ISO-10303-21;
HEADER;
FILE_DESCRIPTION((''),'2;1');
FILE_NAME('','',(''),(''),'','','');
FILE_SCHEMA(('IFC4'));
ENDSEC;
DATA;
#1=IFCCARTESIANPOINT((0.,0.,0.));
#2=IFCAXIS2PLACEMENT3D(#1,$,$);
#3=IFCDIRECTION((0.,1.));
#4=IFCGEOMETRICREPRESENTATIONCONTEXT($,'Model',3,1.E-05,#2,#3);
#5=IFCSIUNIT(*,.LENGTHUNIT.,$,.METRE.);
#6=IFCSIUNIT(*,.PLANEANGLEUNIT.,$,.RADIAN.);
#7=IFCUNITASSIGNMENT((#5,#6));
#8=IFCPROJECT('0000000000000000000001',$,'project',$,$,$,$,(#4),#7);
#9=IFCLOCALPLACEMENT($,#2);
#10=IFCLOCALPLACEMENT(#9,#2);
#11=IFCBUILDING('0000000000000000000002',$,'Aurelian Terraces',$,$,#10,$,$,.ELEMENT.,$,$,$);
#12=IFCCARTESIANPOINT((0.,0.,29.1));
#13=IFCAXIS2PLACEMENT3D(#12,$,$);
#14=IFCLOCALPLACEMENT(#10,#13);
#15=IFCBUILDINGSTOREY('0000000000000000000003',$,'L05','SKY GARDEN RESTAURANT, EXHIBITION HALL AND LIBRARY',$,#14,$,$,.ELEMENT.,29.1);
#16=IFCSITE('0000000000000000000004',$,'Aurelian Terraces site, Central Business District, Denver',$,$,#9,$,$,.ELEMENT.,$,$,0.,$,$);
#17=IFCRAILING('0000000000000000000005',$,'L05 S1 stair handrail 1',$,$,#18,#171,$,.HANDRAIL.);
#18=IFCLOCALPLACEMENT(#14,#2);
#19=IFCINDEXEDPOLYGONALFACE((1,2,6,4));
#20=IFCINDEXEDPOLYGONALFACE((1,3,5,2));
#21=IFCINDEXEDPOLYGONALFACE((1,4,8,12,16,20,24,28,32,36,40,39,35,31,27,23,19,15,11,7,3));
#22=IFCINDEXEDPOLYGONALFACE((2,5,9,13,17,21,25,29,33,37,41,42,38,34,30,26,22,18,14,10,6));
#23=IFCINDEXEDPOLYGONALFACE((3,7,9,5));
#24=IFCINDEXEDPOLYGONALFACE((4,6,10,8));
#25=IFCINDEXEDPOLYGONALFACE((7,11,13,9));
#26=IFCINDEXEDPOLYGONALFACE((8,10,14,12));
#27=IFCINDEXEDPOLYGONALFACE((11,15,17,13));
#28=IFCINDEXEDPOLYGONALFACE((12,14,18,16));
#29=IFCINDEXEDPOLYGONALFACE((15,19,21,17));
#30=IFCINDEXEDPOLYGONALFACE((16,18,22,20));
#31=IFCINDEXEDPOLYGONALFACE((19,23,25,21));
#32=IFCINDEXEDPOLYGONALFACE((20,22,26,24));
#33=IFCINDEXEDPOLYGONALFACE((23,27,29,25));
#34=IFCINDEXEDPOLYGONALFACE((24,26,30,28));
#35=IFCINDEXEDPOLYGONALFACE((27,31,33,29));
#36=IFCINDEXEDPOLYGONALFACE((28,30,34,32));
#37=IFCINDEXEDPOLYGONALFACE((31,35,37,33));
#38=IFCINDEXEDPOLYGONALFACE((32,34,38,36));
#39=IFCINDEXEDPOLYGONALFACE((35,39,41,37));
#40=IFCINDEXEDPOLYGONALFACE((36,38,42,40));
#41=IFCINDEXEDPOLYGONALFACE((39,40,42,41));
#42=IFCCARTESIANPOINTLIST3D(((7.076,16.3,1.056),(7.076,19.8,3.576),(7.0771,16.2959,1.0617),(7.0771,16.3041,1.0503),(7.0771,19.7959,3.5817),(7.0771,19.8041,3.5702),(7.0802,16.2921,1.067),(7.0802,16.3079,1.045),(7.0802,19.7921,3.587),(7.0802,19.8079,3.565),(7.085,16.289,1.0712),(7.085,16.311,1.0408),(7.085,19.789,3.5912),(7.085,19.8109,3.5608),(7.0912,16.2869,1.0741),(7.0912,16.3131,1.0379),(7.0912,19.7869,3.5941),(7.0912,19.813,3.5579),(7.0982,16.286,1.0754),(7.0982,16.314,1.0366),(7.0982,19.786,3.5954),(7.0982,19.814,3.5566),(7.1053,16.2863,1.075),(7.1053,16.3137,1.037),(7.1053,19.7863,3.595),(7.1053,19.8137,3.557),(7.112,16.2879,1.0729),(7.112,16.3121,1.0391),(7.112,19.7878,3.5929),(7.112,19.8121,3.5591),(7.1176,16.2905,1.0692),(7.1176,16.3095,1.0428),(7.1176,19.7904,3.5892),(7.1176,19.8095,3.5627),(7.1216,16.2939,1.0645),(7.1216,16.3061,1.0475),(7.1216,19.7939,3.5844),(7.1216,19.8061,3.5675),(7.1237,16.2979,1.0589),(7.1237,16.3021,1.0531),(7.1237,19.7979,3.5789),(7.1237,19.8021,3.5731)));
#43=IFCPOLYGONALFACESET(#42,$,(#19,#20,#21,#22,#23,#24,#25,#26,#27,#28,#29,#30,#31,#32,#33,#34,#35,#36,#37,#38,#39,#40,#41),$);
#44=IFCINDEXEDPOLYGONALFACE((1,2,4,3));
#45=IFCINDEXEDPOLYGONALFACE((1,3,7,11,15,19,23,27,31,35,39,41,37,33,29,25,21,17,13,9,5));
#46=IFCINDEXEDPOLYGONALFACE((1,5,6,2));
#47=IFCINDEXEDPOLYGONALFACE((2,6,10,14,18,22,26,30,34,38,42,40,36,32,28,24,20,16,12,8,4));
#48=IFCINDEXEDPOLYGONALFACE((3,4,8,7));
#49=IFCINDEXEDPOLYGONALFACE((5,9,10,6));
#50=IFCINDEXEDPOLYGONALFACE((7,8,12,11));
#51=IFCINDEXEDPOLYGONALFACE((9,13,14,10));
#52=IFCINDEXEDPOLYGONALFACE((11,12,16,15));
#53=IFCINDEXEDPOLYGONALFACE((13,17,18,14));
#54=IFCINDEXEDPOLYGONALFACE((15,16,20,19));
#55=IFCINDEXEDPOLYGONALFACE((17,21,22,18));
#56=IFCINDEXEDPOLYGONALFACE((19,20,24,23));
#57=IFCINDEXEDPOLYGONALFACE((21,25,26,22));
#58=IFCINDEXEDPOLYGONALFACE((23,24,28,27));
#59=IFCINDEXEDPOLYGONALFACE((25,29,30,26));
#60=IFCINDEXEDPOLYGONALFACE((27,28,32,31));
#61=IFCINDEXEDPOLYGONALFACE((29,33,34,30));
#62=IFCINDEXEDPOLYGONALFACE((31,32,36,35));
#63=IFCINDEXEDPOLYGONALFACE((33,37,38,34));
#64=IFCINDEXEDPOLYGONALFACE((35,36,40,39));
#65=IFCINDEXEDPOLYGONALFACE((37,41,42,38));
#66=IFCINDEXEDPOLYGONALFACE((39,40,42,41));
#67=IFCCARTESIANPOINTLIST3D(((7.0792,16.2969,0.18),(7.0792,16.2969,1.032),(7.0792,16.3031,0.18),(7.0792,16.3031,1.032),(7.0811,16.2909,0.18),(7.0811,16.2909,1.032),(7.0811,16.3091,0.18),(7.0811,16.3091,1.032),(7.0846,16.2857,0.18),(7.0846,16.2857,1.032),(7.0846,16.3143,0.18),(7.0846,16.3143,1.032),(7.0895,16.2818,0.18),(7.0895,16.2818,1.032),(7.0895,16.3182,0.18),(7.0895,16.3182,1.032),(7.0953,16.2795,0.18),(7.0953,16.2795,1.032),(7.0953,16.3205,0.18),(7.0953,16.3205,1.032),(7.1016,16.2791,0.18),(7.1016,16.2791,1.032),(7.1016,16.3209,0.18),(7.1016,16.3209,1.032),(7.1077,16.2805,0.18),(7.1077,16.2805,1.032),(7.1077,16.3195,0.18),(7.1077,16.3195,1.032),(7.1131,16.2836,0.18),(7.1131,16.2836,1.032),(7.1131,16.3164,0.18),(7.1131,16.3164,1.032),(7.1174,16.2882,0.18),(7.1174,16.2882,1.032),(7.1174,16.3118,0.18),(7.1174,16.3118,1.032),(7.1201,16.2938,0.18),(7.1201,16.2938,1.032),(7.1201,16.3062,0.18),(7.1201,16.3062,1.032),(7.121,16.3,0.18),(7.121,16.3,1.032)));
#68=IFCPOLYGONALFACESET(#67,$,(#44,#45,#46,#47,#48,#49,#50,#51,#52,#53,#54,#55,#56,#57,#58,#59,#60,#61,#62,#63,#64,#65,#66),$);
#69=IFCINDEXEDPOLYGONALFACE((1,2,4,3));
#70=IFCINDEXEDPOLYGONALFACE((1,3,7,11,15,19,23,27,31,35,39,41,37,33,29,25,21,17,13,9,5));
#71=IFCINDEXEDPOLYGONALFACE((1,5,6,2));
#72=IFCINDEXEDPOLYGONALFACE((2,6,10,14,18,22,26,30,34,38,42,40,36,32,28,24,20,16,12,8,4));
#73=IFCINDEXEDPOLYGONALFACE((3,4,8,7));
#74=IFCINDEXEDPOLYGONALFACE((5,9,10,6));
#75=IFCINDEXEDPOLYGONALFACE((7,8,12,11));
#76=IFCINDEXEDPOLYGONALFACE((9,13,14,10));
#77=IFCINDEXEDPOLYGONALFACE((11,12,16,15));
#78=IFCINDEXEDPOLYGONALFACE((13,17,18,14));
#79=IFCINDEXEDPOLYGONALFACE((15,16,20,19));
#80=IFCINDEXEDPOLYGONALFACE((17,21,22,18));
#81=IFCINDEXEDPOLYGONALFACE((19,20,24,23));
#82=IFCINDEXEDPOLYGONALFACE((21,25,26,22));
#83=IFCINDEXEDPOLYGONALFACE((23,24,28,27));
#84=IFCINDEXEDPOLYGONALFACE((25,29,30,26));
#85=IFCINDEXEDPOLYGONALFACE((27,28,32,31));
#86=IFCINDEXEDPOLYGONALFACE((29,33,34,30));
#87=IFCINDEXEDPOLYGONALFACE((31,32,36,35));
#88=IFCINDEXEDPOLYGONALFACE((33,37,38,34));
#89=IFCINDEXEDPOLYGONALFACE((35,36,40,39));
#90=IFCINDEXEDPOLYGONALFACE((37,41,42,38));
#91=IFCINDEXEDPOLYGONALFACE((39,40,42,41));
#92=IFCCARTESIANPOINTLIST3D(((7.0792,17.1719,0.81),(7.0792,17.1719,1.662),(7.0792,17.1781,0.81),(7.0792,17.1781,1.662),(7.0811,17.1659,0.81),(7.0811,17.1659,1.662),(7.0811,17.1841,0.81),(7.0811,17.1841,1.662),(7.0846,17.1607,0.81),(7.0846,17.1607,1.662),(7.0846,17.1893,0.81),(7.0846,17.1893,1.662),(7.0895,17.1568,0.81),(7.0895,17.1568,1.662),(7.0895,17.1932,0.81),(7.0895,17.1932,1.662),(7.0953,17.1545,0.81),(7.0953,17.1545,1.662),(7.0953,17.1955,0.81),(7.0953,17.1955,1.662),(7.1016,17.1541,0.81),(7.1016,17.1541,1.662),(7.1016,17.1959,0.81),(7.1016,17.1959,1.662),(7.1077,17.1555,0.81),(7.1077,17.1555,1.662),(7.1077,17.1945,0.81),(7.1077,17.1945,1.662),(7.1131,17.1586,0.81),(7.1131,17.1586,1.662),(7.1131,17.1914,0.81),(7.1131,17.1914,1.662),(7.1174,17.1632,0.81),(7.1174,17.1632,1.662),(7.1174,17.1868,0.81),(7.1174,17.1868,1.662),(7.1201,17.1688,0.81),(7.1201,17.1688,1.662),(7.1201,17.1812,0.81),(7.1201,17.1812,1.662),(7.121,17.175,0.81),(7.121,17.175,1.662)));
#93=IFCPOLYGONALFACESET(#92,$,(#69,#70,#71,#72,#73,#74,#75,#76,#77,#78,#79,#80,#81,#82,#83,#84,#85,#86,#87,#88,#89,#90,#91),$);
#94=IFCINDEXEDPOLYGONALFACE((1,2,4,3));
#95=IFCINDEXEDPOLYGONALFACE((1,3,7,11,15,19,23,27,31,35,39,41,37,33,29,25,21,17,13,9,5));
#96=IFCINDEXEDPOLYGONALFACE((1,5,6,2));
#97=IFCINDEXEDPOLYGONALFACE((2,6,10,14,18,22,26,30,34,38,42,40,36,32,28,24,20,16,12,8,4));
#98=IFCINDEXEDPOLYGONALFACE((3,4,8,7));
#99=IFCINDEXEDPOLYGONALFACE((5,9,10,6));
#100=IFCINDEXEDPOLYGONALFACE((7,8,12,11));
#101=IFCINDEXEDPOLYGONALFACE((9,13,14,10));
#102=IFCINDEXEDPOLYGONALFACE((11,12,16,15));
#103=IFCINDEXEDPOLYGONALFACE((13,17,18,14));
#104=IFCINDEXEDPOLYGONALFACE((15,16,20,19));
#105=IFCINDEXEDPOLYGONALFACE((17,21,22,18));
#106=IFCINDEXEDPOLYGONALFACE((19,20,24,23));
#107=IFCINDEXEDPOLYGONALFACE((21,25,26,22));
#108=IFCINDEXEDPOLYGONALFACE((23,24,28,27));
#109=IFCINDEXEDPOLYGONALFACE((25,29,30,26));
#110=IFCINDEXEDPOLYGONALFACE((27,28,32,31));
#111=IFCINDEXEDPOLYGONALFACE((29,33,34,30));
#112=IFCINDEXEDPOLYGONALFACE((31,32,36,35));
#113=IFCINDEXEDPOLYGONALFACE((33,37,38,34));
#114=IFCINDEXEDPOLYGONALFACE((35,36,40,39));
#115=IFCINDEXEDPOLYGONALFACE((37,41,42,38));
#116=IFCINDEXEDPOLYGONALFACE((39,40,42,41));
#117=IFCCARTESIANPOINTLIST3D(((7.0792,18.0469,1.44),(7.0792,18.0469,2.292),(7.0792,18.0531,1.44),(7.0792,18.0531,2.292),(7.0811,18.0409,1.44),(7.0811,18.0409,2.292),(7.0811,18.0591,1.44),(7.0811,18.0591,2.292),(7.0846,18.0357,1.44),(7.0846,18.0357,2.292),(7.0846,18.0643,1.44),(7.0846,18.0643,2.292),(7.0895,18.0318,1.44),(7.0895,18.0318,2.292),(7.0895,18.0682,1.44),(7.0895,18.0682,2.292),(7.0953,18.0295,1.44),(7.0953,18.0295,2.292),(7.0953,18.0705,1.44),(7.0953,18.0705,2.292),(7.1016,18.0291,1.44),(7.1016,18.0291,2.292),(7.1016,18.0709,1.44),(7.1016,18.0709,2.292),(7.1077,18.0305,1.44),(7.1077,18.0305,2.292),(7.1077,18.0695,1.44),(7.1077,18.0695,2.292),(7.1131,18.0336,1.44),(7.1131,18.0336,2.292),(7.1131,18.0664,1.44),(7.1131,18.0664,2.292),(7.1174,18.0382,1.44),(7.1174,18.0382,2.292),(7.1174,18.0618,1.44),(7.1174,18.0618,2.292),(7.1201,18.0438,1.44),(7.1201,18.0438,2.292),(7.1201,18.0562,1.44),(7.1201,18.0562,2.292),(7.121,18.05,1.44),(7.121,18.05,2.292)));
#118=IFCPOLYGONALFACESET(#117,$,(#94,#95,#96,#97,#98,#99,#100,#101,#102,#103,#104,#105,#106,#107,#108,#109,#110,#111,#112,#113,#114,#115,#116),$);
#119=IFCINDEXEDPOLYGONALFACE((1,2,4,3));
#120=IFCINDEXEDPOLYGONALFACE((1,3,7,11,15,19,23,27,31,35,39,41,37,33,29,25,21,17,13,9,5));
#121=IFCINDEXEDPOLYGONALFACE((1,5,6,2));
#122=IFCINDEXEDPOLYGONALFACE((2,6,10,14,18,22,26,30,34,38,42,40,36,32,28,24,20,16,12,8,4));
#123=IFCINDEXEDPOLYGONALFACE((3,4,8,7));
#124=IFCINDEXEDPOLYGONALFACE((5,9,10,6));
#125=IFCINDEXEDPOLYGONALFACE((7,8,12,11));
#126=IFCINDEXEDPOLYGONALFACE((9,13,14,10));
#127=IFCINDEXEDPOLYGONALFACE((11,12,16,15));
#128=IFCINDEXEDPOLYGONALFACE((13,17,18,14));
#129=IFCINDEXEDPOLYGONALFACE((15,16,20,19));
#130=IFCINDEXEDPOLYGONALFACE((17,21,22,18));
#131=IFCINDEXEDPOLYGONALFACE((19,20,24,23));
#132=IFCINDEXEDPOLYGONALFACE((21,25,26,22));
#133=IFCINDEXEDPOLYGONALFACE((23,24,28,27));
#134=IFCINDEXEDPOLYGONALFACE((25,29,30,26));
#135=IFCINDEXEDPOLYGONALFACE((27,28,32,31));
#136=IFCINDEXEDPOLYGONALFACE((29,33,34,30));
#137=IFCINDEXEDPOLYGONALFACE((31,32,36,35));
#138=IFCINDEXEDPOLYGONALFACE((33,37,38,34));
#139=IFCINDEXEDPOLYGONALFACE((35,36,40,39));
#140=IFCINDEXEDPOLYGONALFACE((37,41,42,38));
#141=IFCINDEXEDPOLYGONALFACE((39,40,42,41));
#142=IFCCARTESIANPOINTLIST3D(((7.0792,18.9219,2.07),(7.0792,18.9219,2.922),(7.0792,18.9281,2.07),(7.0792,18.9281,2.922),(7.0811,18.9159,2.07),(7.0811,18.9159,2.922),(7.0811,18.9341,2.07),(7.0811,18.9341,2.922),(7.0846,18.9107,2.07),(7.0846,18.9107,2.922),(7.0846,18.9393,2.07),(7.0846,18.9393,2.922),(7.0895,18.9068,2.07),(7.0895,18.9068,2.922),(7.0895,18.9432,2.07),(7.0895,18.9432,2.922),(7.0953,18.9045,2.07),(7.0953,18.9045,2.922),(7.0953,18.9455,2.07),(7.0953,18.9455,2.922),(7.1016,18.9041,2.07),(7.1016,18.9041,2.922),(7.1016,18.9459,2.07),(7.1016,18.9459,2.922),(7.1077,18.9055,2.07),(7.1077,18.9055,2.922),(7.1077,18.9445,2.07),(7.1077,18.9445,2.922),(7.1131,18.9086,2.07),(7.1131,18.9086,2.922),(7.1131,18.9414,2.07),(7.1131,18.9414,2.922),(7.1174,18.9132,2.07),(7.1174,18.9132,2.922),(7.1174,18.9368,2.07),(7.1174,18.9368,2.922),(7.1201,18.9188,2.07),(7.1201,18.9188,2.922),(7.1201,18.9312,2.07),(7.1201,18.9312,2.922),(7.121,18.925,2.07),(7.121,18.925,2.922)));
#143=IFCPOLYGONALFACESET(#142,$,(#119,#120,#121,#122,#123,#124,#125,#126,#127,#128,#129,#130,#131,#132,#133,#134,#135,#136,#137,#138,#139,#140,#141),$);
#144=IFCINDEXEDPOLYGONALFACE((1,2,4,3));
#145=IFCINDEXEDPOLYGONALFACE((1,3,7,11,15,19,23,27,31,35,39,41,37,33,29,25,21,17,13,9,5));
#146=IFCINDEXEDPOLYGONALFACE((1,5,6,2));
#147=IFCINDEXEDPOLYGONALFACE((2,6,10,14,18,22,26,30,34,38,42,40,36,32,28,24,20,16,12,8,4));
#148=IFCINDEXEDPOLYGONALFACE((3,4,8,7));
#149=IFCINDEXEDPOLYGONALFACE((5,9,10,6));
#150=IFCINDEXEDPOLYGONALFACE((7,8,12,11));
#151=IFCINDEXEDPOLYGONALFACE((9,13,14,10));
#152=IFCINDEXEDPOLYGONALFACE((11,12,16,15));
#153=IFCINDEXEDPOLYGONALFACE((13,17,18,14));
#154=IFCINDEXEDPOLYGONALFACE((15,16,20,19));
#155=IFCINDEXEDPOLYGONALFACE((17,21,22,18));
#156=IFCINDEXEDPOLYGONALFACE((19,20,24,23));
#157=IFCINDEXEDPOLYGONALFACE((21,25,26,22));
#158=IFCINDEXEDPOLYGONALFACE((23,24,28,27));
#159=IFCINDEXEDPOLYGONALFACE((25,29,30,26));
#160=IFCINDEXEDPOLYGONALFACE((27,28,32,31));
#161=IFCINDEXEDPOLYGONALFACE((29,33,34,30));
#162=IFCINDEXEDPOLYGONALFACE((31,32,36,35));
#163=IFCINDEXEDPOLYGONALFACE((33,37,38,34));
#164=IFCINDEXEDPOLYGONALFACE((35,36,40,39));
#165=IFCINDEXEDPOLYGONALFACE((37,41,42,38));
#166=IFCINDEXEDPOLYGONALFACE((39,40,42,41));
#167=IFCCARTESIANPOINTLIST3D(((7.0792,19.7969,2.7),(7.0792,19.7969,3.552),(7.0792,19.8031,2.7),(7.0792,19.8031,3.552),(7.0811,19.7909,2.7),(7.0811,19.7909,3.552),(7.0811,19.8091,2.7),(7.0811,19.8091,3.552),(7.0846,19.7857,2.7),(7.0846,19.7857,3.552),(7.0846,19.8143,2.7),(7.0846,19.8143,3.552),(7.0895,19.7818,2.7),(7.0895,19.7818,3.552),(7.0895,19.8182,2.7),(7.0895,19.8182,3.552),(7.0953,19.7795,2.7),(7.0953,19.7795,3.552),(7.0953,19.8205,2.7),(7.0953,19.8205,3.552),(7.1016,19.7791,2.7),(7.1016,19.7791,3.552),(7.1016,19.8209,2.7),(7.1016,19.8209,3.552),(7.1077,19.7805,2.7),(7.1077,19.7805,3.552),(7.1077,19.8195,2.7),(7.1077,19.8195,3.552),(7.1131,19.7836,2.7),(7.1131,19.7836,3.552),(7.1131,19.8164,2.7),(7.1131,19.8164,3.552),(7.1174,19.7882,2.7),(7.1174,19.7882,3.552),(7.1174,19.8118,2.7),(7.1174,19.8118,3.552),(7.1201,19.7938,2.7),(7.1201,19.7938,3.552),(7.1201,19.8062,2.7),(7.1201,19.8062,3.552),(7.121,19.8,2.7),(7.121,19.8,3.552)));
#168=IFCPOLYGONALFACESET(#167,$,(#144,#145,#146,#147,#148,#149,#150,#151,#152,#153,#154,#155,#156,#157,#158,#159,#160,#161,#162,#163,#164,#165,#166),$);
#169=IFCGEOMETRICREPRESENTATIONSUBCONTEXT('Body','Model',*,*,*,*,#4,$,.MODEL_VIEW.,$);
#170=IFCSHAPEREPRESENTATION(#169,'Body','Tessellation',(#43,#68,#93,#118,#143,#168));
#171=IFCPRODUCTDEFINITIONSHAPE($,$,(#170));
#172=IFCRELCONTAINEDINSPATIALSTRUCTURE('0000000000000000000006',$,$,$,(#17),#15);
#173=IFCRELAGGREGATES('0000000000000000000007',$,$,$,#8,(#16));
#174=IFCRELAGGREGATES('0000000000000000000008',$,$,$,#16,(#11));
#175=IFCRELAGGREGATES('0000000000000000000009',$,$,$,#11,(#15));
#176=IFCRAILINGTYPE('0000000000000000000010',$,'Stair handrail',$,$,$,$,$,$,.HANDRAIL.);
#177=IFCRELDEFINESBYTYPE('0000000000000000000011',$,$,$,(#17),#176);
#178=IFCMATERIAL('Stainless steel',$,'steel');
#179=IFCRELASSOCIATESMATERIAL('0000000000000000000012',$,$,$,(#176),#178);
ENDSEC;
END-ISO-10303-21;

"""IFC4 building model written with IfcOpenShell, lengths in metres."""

from ifc_helpers import new_model, si_unit, direction, frame, origin, origin_2d, place, context, subcontext, project, spatial, circle, extrude, source, transform, mapped, material, type_object, element, save


model = new_model("IFC4")

# Units and contexts
model_context = context("Model", 3, precision=1e-05, world=origin(), true_north=direction((0.0, 1.0)))
body_context = subcontext(model_context, "Body", "Model", "MODEL_VIEW")
ifc_project = project(units=[si_unit("LENGTHUNIT", "METRE"), si_unit("PLANEANGLEUNIT", "RADIAN")], contexts=[model_context])

# Site, building, storey
site_placement = place(None, origin())
site = spatial("IfcSite", under=ifc_project, at=site_placement, Name="Aurelian Terraces site, Central Business District, Denver", CompositionType="ELEMENT", RefElevation=0.0)
building_placement = place(site_placement, origin())
building = spatial("IfcBuilding", under=site, at=building_placement, Name="Aurelian Terraces", CompositionType="ELEMENT")
storey_placement = place(building_placement, frame((0.0, 0.0, 29.1)))
storey = spatial("IfcBuildingStorey", under=building, at=storey_placement, Name="L05", Description="SKY GARDEN RESTAURANT, EXHIBITION HALL AND LIBRARY", CompositionType="ELEMENT", Elevation=29.1)

# Railing
ifc_material_1 = material(Name="Stainless steel", Category="steel")
railing_type_1 = type_object("IfcRailingType", Name="Stair handrail", PredefinedType="HANDRAIL", material=ifc_material_1)
shared_shape_1 = source(origin(), body_context, "Body", "SweptSolid", [
    extrude(circle(Radius=0.024, at=origin_2d()), frame((0.0, 0.0, 0.876), z_axis=(0.0, 0.811534, 0.584305), x_axis=(-1.0, 0.0, 0.0)), (0.0, 0.0, 1.0), 4.3128),
    extrude(circle(Radius=0.021, at=origin_2d()), origin(), (0.0, 0.0, 1.0), 0.852),
    extrude(circle(Radius=0.021, at=origin_2d()), frame((0.0, 0.875, 0.63)), (0.0, 0.0, 1.0), 0.852),
    extrude(circle(Radius=0.021, at=origin_2d()), frame((0.0, 1.75, 1.26)), (0.0, 0.0, 1.0), 0.852),
    extrude(circle(Radius=0.021, at=origin_2d()), frame((0.0, 2.625, 1.89)), (0.0, 0.0, 1.0), 0.852),
    extrude(circle(Radius=0.021, at=origin_2d()), frame((0.0, 3.5, 2.52)), (0.0, 0.0, 1.0), 0.852),
])
railing_1_placement = place(storey_placement, frame((7.1, 16.3, 0.18)))
element("IfcRailing", 1, at=railing_1_placement, inside=storey, type_object=railing_type_1, Name="L05 S1 stair handrail 1", PredefinedType="HANDRAIL", context=body_context, shape_type="MappedRepresentation", body=[
    mapped(shared_shape_1, transform((0.0, 0.0, 0.0), scale=1.0)),
])

save(model, "model.ifc")
